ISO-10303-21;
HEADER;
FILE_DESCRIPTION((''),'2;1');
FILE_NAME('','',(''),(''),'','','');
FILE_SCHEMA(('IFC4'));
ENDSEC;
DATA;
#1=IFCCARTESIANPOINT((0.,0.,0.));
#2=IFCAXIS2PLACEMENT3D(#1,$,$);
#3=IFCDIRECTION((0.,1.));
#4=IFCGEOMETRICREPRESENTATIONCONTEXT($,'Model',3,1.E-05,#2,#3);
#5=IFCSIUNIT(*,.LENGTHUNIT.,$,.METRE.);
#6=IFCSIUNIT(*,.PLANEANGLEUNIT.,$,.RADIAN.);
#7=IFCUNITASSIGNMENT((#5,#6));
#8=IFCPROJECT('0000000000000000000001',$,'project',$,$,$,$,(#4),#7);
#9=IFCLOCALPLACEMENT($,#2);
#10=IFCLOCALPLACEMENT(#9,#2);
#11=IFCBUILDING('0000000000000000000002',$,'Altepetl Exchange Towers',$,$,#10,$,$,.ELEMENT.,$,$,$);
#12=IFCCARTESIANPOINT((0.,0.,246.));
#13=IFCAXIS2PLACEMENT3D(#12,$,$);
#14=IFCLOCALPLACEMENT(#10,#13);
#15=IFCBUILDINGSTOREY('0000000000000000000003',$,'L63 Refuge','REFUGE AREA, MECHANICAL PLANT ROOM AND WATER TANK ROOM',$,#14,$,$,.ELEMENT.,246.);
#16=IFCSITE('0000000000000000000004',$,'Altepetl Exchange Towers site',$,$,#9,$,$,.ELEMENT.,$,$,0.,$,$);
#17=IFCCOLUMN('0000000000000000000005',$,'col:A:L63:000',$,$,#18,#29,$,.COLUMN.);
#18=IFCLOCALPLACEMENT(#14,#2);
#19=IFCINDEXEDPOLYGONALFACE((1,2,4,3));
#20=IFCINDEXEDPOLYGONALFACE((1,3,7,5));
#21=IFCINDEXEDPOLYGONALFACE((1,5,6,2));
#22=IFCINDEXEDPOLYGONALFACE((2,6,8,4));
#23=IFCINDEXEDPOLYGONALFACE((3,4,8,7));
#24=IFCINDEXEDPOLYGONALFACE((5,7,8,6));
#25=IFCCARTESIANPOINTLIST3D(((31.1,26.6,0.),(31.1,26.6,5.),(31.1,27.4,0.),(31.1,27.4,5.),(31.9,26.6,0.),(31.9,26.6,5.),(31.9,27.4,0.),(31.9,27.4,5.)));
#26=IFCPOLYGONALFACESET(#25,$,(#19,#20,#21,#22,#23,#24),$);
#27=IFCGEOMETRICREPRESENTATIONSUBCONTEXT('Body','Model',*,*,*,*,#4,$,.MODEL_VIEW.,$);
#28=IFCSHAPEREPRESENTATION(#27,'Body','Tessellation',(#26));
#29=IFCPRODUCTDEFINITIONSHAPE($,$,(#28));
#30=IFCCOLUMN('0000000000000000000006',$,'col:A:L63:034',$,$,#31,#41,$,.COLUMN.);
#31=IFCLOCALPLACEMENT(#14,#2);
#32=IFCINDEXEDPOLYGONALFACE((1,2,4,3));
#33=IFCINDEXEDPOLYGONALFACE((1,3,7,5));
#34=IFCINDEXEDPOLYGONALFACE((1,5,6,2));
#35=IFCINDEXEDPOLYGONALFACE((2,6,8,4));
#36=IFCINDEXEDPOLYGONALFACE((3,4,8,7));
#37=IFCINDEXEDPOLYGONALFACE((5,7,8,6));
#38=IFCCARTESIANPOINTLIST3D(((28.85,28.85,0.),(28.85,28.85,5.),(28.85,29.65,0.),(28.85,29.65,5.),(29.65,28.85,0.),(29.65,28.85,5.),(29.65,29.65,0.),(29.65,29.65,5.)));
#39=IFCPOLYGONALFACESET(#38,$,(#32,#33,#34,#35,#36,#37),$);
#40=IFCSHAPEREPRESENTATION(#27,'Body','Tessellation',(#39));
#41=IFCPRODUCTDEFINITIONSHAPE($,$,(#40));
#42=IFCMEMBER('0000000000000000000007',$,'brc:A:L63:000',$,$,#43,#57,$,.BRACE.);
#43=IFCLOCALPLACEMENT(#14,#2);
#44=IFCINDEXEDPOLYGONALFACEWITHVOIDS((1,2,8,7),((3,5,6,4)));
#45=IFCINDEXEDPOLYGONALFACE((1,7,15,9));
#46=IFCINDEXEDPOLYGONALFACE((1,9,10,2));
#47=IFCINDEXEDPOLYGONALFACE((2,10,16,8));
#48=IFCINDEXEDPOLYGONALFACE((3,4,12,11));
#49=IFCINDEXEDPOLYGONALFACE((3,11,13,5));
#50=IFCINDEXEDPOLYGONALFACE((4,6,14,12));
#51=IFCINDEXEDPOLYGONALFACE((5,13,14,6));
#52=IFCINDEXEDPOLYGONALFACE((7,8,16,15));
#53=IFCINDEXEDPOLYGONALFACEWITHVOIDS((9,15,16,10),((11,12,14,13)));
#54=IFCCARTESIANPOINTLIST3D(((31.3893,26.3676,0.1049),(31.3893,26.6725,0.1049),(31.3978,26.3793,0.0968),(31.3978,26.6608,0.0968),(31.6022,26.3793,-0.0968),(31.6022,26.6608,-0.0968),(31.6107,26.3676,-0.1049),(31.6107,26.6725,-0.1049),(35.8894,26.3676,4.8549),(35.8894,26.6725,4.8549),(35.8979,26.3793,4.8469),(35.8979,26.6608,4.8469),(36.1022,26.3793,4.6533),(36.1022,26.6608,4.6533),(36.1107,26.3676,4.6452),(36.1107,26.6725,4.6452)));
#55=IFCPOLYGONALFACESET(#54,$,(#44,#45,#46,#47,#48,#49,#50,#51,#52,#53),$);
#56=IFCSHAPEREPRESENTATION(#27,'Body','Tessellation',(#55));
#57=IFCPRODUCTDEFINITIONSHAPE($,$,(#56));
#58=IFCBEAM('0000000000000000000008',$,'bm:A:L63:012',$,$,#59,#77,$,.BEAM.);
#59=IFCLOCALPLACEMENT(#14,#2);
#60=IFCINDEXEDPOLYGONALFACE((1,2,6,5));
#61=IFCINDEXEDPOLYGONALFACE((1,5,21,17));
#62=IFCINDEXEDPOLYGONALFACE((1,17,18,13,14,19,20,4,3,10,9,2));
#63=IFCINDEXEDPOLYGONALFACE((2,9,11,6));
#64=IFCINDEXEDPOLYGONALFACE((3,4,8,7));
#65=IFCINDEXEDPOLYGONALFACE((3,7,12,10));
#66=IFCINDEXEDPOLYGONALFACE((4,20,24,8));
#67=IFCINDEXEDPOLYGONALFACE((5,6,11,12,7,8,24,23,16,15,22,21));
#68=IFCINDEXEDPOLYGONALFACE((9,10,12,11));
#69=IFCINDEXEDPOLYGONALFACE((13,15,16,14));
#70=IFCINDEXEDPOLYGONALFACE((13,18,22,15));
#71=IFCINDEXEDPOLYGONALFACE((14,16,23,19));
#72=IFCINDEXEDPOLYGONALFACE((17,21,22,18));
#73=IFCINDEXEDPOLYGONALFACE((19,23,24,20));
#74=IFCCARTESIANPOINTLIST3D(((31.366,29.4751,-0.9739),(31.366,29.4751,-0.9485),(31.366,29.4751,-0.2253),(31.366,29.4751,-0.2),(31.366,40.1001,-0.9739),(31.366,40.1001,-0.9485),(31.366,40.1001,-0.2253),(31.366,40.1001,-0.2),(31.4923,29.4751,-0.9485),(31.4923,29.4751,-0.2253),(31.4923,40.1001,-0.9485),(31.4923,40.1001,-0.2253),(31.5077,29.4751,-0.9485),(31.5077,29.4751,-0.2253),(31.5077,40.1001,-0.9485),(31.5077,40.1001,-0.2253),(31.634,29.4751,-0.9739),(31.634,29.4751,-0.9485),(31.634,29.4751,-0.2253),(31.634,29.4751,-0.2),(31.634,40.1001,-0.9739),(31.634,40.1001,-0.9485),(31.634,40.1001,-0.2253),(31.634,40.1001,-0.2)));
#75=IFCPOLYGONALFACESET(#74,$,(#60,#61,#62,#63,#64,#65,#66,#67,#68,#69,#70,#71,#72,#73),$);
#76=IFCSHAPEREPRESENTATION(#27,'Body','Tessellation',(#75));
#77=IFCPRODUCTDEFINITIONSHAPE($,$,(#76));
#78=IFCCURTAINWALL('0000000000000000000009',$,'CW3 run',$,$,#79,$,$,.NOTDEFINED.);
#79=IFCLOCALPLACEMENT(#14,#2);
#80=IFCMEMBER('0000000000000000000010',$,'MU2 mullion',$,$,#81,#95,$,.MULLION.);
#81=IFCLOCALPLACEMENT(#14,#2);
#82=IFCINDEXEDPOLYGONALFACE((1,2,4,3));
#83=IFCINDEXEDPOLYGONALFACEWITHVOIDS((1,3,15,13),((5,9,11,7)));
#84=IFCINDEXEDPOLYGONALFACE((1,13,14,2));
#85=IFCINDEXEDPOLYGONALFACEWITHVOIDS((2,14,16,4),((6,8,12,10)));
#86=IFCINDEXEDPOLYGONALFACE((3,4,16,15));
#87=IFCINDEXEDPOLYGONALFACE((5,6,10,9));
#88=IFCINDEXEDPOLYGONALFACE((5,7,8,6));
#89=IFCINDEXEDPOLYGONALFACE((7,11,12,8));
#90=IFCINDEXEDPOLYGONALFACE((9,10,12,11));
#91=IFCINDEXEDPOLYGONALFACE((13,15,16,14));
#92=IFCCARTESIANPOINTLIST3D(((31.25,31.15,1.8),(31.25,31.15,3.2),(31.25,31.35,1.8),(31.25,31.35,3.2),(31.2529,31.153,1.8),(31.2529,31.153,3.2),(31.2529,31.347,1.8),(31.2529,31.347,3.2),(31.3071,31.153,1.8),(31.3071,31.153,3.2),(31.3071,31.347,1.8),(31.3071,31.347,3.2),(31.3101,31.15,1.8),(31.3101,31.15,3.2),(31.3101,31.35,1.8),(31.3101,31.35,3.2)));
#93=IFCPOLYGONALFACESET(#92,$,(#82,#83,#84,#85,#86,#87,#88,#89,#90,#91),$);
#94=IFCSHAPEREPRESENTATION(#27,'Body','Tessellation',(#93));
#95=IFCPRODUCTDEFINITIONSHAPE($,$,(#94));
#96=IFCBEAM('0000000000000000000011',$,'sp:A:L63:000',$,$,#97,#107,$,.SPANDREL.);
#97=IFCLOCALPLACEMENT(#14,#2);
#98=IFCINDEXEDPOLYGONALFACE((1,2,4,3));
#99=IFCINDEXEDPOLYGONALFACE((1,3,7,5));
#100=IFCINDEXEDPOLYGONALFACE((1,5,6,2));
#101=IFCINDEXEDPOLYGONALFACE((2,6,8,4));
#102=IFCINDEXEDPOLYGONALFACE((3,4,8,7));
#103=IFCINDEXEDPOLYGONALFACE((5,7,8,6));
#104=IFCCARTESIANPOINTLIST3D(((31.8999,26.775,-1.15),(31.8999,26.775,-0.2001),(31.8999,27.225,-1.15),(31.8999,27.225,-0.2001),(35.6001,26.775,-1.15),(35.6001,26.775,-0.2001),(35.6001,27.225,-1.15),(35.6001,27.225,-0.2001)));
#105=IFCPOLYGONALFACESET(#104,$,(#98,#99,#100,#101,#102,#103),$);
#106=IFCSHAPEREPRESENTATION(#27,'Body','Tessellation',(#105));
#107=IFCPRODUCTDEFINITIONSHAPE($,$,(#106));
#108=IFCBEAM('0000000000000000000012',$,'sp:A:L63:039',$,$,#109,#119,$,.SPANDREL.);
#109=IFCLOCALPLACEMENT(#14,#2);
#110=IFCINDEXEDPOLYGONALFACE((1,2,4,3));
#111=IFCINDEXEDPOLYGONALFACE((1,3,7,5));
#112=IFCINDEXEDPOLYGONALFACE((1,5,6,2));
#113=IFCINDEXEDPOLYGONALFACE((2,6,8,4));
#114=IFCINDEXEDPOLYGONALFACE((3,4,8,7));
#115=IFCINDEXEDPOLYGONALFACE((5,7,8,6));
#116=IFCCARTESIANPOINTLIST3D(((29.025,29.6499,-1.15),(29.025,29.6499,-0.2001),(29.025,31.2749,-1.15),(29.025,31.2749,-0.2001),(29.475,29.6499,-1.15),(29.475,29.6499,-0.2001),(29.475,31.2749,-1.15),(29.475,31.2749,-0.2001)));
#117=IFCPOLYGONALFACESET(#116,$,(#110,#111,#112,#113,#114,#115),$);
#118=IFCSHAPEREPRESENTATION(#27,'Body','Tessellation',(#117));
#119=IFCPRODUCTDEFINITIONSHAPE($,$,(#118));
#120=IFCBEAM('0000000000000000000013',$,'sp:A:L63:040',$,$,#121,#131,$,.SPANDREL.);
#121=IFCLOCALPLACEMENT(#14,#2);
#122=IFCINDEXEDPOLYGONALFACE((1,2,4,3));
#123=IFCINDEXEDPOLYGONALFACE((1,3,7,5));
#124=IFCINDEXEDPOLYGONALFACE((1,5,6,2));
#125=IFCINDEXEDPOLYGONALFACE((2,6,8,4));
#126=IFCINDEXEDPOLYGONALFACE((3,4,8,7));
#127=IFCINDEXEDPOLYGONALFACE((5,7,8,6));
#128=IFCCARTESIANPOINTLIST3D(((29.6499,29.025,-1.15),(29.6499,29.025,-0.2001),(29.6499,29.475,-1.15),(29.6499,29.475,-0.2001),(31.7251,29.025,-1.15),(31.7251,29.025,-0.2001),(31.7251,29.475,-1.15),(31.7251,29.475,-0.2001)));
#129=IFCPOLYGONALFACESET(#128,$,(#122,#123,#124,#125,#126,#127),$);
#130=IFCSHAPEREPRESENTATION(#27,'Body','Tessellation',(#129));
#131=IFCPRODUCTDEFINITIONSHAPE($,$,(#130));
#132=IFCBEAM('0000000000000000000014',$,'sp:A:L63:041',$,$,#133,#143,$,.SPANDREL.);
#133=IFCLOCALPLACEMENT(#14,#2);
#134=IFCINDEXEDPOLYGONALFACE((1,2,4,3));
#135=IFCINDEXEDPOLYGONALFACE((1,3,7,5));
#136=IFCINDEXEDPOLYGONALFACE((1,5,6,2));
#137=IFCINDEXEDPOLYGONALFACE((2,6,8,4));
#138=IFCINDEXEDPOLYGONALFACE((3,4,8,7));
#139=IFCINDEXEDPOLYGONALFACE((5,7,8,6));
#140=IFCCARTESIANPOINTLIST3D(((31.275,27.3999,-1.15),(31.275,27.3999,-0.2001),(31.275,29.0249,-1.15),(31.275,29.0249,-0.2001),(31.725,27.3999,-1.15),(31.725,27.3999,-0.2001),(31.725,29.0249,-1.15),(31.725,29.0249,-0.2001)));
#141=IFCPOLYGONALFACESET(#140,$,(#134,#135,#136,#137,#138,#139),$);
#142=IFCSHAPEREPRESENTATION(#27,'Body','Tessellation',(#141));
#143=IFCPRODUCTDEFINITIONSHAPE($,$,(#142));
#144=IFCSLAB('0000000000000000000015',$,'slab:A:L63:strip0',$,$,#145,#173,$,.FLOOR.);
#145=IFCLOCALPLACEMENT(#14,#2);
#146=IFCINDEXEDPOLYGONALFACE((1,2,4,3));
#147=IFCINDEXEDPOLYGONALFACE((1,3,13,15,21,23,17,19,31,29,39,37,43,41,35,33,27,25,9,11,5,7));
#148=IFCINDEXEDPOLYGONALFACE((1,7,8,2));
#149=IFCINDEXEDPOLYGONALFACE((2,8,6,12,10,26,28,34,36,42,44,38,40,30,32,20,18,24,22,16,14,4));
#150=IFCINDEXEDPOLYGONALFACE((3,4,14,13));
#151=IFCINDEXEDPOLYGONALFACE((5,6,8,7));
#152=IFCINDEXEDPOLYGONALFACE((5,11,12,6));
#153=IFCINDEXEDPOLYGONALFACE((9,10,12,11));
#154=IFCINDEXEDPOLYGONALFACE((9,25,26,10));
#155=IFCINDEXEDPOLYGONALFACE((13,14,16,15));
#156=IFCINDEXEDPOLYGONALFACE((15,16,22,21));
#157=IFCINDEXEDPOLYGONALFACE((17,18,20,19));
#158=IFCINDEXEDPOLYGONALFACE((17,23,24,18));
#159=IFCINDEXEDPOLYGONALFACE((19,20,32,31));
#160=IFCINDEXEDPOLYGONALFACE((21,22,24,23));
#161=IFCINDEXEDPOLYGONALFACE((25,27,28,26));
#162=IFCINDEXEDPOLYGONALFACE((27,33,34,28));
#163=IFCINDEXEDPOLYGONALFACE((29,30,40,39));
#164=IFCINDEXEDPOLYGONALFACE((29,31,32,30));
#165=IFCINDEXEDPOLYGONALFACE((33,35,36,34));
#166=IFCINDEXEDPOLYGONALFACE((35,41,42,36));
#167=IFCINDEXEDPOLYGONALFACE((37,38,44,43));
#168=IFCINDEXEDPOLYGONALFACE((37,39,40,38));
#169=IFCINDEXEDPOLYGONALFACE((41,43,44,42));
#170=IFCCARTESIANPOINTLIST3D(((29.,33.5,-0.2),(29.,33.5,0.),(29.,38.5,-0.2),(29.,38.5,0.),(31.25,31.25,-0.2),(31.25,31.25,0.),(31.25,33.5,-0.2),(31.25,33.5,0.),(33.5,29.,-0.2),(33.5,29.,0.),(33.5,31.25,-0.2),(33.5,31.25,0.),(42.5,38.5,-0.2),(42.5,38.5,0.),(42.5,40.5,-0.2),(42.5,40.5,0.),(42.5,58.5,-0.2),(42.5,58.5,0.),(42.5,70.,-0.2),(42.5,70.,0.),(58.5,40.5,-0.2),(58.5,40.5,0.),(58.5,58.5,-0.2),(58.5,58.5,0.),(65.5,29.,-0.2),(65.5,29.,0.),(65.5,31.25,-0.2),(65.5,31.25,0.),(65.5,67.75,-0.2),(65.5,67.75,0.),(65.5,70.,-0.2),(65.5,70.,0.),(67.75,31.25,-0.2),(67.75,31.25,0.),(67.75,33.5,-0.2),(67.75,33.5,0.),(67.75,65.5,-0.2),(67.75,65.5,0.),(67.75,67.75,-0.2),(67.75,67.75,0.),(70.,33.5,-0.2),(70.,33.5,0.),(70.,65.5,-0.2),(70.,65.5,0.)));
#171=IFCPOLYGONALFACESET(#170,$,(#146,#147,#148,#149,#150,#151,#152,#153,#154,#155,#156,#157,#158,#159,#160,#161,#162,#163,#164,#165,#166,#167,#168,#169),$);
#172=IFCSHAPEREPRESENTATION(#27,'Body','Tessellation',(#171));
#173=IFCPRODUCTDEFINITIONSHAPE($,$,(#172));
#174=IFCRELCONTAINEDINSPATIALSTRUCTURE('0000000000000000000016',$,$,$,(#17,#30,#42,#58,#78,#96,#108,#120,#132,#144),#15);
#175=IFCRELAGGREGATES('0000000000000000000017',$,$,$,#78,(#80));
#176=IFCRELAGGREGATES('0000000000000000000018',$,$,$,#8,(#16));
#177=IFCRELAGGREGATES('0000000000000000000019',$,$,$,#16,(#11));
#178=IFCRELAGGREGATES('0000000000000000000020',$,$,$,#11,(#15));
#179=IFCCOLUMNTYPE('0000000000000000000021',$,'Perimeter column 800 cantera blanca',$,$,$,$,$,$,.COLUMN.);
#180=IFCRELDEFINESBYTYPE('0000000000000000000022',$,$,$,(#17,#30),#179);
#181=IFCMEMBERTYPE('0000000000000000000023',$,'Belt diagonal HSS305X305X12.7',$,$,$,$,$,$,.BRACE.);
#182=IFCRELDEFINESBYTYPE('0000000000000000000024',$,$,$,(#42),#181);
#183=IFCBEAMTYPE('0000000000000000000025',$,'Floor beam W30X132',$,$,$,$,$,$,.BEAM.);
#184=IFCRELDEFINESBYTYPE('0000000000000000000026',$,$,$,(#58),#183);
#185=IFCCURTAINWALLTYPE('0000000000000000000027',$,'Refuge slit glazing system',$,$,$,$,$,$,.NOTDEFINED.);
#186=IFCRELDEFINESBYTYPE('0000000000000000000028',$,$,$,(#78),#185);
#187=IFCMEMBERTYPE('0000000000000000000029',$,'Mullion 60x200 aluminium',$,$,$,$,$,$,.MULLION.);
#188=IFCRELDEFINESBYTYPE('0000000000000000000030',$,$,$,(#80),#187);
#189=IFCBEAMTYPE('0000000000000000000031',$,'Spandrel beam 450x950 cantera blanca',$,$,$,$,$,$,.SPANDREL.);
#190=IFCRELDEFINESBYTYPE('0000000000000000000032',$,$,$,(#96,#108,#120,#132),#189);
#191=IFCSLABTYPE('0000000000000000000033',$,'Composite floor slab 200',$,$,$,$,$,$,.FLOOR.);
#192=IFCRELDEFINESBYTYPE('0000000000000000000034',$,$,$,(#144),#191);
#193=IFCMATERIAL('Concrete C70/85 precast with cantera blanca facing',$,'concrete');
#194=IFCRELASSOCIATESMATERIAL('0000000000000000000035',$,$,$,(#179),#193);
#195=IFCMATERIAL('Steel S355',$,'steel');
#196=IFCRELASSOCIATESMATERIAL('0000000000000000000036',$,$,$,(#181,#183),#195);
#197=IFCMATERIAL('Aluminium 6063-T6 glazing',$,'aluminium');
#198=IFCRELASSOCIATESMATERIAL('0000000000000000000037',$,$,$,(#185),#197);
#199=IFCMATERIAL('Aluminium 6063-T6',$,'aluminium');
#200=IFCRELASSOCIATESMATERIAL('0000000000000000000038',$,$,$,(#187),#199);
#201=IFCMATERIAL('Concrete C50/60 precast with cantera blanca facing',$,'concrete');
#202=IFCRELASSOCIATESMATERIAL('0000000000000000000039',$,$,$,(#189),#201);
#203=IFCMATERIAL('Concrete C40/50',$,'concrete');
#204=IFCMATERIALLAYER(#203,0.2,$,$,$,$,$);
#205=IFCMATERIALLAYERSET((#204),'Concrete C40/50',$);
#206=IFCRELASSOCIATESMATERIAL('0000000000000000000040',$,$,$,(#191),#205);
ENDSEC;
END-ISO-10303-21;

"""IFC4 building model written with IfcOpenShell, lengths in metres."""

from ifc_helpers import new_model, si_unit, direction, frame, origin, origin_2d, place, context, subcontext, project, spatial, polyline, rectangle, hollow_rectangle, i_section, outline, extrude, material, layer, layer_set, material_profile, profile_set, type_object, element, aggregate, save


model = new_model("IFC4")

# Units and contexts
model_context = context("Model", 3, precision=1e-05, world=origin(), true_north=direction((0.0, 1.0)))
body_context = subcontext(model_context, "Body", "Model", "MODEL_VIEW")
ifc_project = project(units=[si_unit("LENGTHUNIT", "METRE"), si_unit("PLANEANGLEUNIT", "RADIAN")], contexts=[model_context])

# Site, building, storey
site_placement = place(None, origin())
site = spatial("IfcSite", under=ifc_project, at=site_placement, Name="Altepetl Exchange Towers site", CompositionType="ELEMENT", RefElevation=0.0)
building_placement = place(site_placement, origin())
building = spatial("IfcBuilding", under=site, at=building_placement, Name="Altepetl Exchange Towers", CompositionType="ELEMENT")
storey_placement = place(building_placement, frame((0.0, 0.0, 246.0)))
storey = spatial("IfcBuildingStorey", under=building, at=storey_placement, Name="L63 Refuge", Description="REFUGE AREA, MECHANICAL PLANT ROOM AND WATER TANK ROOM", CompositionType="ELEMENT", Elevation=246.0)

# Columns
ifc_material_1 = material(Name="Concrete C70/85 precast with cantera blanca facing", Category="concrete")
ifc_material_profile_1 = material_profile(ifc_material_1, rectangle(XDim=0.8, YDim=0.8, at=origin_2d()), Name="800 x 800")
ifc_profile_set_1 = profile_set([ifc_material_profile_1], Name="Concrete C70/85 precast with cantera blanca facing")
column_type = type_object("IfcColumnType", Name="Perimeter column 800 cantera blanca", PredefinedType="COLUMN", material=ifc_profile_set_1)
for number, where, name in (
    (1, (31.5, 27.0, 0.0), "col:A:L63:000"),
    (2, (29.25, 29.25, 0.0), "col:A:L63:034"),
):
    element("IfcColumn", number, at=place(storey_placement, frame(where)), inside=storey, type_object=column_type, Name=name, PredefinedType="COLUMN", context=body_context, shape_type="SweptSolid", body=[
        extrude(rectangle(XDim=0.8, YDim=0.8, at=origin_2d()), origin(), (0.0, 0.0, 1.0), 5.0),
    ])

# Member
ifc_material_2 = material(Name="Steel S355", Category="steel")
ifc_material_profile_2 = material_profile(ifc_material_2, hollow_rectangle(XDim=0.3049, YDim=0.3049, WallThickness=0.0117, at=origin_2d()), Name="HSS305X305X12.7")
ifc_profile_set_2 = profile_set([ifc_material_profile_2], Name="Steel S355")
member_type_1 = type_object("IfcMemberType", Name="Belt diagonal HSS305X305X12.7", PredefinedType="BRACE", material=ifc_profile_set_2)
member_1_placement = place(storey_placement, frame((31.5, 26.52, 0.0), z_axis=(0.687745, 0.0, 0.725953), x_axis=(0.0, 1.0, 0.0)))
element("IfcMember", 3, at=member_1_placement, inside=storey, type_object=member_type_1, Name="brc:A:L63:000", PredefinedType="BRACE", context=body_context, shape_type="SweptSolid", body=[
    extrude(hollow_rectangle(XDim=0.3049, YDim=0.3049, WallThickness=0.0117, at=origin_2d()), origin(), (0.0, 0.0, 1.0), 6.5432),
])

# Beam
ifc_material_profile_3 = material_profile(ifc_material_2, i_section(OverallWidth=0.2681, OverallDepth=0.7739, WebThickness=0.0154, FlangeThickness=0.0254, at=origin_2d()), Name="W30X132")
ifc_profile_set_3 = profile_set([ifc_material_profile_3], Name="Steel S355")
beam_type_1 = type_object("IfcBeamType", Name="Floor beam W30X132", PredefinedType="BEAM", material=ifc_profile_set_3)
beam_1_placement = place(storey_placement, frame((31.5, 29.4751, -0.5869), z_axis=(0.0, 1.0, 0.0), x_axis=(-1.0, 0.0, 0.0)))
element("IfcBeam", 4, at=beam_1_placement, inside=storey, type_object=beam_type_1, Name="bm:A:L63:012", PredefinedType="BEAM", context=body_context, shape_type="SweptSolid", body=[
    extrude(i_section(OverallWidth=0.2681, OverallDepth=0.7739, WebThickness=0.0154, FlangeThickness=0.0254, at=origin_2d()), origin(), (0.0, 0.0, 1.0), 10.625),
])

# Curtain wall, member
ifc_material_3 = material(Name="Aluminium 6063-T6 glazing", Category="aluminium")
curtain_wall_type = type_object("IfcCurtainWallType", Name="Refuge slit glazing system", PredefinedType="NOTDEFINED", material=ifc_material_3)
curtain_wall_placement = place(storey_placement, origin())
curtain_wall = element("IfcCurtainWall", 5, at=curtain_wall_placement, inside=storey, type_object=curtain_wall_type, Name="CW3 run", PredefinedType="NOTDEFINED")
ifc_material_4 = material(Name="Aluminium 6063-T6", Category="aluminium")
ifc_material_profile_4 = material_profile(ifc_material_4, hollow_rectangle(XDim=0.0601, YDim=0.2, WallThickness=0.0029, at=origin_2d()), Name="Mullion 60x200 aluminium")
ifc_profile_set_4 = profile_set([ifc_material_profile_4], Name="Aluminium 6063-T6")
member_type_2 = type_object("IfcMemberType", Name="Mullion 60x200 aluminium", PredefinedType="MULLION", material=ifc_profile_set_4)
member_2_placement = place(storey_placement, frame((31.28, 31.25, 1.8)))
member_2 = element("IfcMember", 6, at=member_2_placement, type_object=member_type_2, Name="MU2 mullion", PredefinedType="MULLION", context=body_context, shape_type="SweptSolid", body=[
    extrude(hollow_rectangle(XDim=0.0601, YDim=0.2, WallThickness=0.0029, at=origin_2d()), origin(), (0.0, 0.0, 1.0), 1.3999),
])
aggregate(curtain_wall, [member_2])

# Beams
ifc_material_5 = material(Name="Concrete C50/60 precast with cantera blanca facing", Category="concrete")
ifc_material_profile_5 = material_profile(ifc_material_5, rectangle(XDim=0.45, YDim=0.95, at=origin_2d()), Name="450 x 950")
ifc_profile_set_5 = profile_set([ifc_material_profile_5], Name="Concrete C50/60 precast with cantera blanca facing")
beam_type_2 = type_object("IfcBeamType", Name="Spandrel beam 450x950 cantera blanca", PredefinedType="SPANDREL", material=ifc_profile_set_5)
beam_2_placement = place(storey_placement, frame((31.8999, 27.0, -0.675), z_axis=(1.0, 0.0, 0.0), x_axis=(0.0, 1.0, 0.0)))
element("IfcBeam", 7, at=beam_2_placement, inside=storey, type_object=beam_type_2, Name="sp:A:L63:000", PredefinedType="SPANDREL", context=body_context, shape_type="SweptSolid", body=[
    extrude(rectangle(XDim=0.45, YDim=0.95, at=origin_2d()), origin(), (0.0, 0.0, 1.0), 3.7002),
])
beam_3_placement = place(storey_placement, frame((29.25, 31.2749, -0.675), z_axis=(0.0, -1.0, 0.0), x_axis=(1.0, 0.0, 0.0)))
element("IfcBeam", 8, at=beam_3_placement, inside=storey, type_object=beam_type_2, Name="sp:A:L63:039", PredefinedType="SPANDREL", context=body_context, shape_type="SweptSolid", body=[
    extrude(rectangle(XDim=0.45, YDim=0.95, at=origin_2d()), origin(), (0.0, 0.0, 1.0), 1.625),
])
beam_4_placement = place(storey_placement, frame((29.6499, 29.25, -0.675), z_axis=(1.0, 0.0, 0.0), x_axis=(0.0, 1.0, 0.0)))
element("IfcBeam", 9, at=beam_4_placement, inside=storey, type_object=beam_type_2, Name="sp:A:L63:040", PredefinedType="SPANDREL", context=body_context, shape_type="SweptSolid", body=[
    extrude(rectangle(XDim=0.45, YDim=0.95, at=origin_2d()), origin(), (0.0, 0.0, 1.0), 2.0752),
])
beam_5_placement = place(storey_placement, frame((31.5, 29.0249, -0.675), z_axis=(0.0, -1.0, 0.0), x_axis=(1.0, 0.0, 0.0)))
element("IfcBeam", 10, at=beam_5_placement, inside=storey, type_object=beam_type_2, Name="sp:A:L63:041", PredefinedType="SPANDREL", context=body_context, shape_type="SweptSolid", body=[
    extrude(rectangle(XDim=0.45, YDim=0.95, at=origin_2d()), origin(), (0.0, 0.0, 1.0), 1.625),
])

# Slab
ifc_material_6 = material(Name="Concrete C40/50", Category="concrete")
ifc_layer_1 = layer(ifc_material_6, 0.2)
ifc_layer_set_1 = layer_set([ifc_layer_1], Name="Concrete C40/50")
slab_type_1 = type_object("IfcSlabType", Name="Composite floor slab 200", PredefinedType="FLOOR", material=ifc_layer_set_1)
slab_1_placement = place(storey_placement, frame((0.0, 0.0, -0.2)))
element("IfcSlab", 11, at=slab_1_placement, inside=storey, type_object=slab_type_1, Name="slab:A:L63:strip0", PredefinedType="FLOOR", context=body_context, shape_type="SweptSolid", body=[
    extrude(outline(polyline([(42.5, 70.0), (42.5, 58.5), (58.5, 58.5), (58.5, 40.5), (42.5, 40.5), (42.5, 38.5), (29.0, 38.5), (29.0, 33.5), (31.25, 33.5), (31.25, 31.25), (33.5, 31.25), (33.5, 29.0), (65.5, 29.0), (65.5, 31.25), (67.75, 31.25), (67.75, 33.5), (70.0, 33.5), (70.0, 65.5), (67.75, 65.5), (67.75, 67.75), (65.5, 67.75), (65.5, 70.0), (42.5, 70.0)])), origin(), (0.0, 0.0, 1.0), 0.2),
])

save(model, "model.ifc")
